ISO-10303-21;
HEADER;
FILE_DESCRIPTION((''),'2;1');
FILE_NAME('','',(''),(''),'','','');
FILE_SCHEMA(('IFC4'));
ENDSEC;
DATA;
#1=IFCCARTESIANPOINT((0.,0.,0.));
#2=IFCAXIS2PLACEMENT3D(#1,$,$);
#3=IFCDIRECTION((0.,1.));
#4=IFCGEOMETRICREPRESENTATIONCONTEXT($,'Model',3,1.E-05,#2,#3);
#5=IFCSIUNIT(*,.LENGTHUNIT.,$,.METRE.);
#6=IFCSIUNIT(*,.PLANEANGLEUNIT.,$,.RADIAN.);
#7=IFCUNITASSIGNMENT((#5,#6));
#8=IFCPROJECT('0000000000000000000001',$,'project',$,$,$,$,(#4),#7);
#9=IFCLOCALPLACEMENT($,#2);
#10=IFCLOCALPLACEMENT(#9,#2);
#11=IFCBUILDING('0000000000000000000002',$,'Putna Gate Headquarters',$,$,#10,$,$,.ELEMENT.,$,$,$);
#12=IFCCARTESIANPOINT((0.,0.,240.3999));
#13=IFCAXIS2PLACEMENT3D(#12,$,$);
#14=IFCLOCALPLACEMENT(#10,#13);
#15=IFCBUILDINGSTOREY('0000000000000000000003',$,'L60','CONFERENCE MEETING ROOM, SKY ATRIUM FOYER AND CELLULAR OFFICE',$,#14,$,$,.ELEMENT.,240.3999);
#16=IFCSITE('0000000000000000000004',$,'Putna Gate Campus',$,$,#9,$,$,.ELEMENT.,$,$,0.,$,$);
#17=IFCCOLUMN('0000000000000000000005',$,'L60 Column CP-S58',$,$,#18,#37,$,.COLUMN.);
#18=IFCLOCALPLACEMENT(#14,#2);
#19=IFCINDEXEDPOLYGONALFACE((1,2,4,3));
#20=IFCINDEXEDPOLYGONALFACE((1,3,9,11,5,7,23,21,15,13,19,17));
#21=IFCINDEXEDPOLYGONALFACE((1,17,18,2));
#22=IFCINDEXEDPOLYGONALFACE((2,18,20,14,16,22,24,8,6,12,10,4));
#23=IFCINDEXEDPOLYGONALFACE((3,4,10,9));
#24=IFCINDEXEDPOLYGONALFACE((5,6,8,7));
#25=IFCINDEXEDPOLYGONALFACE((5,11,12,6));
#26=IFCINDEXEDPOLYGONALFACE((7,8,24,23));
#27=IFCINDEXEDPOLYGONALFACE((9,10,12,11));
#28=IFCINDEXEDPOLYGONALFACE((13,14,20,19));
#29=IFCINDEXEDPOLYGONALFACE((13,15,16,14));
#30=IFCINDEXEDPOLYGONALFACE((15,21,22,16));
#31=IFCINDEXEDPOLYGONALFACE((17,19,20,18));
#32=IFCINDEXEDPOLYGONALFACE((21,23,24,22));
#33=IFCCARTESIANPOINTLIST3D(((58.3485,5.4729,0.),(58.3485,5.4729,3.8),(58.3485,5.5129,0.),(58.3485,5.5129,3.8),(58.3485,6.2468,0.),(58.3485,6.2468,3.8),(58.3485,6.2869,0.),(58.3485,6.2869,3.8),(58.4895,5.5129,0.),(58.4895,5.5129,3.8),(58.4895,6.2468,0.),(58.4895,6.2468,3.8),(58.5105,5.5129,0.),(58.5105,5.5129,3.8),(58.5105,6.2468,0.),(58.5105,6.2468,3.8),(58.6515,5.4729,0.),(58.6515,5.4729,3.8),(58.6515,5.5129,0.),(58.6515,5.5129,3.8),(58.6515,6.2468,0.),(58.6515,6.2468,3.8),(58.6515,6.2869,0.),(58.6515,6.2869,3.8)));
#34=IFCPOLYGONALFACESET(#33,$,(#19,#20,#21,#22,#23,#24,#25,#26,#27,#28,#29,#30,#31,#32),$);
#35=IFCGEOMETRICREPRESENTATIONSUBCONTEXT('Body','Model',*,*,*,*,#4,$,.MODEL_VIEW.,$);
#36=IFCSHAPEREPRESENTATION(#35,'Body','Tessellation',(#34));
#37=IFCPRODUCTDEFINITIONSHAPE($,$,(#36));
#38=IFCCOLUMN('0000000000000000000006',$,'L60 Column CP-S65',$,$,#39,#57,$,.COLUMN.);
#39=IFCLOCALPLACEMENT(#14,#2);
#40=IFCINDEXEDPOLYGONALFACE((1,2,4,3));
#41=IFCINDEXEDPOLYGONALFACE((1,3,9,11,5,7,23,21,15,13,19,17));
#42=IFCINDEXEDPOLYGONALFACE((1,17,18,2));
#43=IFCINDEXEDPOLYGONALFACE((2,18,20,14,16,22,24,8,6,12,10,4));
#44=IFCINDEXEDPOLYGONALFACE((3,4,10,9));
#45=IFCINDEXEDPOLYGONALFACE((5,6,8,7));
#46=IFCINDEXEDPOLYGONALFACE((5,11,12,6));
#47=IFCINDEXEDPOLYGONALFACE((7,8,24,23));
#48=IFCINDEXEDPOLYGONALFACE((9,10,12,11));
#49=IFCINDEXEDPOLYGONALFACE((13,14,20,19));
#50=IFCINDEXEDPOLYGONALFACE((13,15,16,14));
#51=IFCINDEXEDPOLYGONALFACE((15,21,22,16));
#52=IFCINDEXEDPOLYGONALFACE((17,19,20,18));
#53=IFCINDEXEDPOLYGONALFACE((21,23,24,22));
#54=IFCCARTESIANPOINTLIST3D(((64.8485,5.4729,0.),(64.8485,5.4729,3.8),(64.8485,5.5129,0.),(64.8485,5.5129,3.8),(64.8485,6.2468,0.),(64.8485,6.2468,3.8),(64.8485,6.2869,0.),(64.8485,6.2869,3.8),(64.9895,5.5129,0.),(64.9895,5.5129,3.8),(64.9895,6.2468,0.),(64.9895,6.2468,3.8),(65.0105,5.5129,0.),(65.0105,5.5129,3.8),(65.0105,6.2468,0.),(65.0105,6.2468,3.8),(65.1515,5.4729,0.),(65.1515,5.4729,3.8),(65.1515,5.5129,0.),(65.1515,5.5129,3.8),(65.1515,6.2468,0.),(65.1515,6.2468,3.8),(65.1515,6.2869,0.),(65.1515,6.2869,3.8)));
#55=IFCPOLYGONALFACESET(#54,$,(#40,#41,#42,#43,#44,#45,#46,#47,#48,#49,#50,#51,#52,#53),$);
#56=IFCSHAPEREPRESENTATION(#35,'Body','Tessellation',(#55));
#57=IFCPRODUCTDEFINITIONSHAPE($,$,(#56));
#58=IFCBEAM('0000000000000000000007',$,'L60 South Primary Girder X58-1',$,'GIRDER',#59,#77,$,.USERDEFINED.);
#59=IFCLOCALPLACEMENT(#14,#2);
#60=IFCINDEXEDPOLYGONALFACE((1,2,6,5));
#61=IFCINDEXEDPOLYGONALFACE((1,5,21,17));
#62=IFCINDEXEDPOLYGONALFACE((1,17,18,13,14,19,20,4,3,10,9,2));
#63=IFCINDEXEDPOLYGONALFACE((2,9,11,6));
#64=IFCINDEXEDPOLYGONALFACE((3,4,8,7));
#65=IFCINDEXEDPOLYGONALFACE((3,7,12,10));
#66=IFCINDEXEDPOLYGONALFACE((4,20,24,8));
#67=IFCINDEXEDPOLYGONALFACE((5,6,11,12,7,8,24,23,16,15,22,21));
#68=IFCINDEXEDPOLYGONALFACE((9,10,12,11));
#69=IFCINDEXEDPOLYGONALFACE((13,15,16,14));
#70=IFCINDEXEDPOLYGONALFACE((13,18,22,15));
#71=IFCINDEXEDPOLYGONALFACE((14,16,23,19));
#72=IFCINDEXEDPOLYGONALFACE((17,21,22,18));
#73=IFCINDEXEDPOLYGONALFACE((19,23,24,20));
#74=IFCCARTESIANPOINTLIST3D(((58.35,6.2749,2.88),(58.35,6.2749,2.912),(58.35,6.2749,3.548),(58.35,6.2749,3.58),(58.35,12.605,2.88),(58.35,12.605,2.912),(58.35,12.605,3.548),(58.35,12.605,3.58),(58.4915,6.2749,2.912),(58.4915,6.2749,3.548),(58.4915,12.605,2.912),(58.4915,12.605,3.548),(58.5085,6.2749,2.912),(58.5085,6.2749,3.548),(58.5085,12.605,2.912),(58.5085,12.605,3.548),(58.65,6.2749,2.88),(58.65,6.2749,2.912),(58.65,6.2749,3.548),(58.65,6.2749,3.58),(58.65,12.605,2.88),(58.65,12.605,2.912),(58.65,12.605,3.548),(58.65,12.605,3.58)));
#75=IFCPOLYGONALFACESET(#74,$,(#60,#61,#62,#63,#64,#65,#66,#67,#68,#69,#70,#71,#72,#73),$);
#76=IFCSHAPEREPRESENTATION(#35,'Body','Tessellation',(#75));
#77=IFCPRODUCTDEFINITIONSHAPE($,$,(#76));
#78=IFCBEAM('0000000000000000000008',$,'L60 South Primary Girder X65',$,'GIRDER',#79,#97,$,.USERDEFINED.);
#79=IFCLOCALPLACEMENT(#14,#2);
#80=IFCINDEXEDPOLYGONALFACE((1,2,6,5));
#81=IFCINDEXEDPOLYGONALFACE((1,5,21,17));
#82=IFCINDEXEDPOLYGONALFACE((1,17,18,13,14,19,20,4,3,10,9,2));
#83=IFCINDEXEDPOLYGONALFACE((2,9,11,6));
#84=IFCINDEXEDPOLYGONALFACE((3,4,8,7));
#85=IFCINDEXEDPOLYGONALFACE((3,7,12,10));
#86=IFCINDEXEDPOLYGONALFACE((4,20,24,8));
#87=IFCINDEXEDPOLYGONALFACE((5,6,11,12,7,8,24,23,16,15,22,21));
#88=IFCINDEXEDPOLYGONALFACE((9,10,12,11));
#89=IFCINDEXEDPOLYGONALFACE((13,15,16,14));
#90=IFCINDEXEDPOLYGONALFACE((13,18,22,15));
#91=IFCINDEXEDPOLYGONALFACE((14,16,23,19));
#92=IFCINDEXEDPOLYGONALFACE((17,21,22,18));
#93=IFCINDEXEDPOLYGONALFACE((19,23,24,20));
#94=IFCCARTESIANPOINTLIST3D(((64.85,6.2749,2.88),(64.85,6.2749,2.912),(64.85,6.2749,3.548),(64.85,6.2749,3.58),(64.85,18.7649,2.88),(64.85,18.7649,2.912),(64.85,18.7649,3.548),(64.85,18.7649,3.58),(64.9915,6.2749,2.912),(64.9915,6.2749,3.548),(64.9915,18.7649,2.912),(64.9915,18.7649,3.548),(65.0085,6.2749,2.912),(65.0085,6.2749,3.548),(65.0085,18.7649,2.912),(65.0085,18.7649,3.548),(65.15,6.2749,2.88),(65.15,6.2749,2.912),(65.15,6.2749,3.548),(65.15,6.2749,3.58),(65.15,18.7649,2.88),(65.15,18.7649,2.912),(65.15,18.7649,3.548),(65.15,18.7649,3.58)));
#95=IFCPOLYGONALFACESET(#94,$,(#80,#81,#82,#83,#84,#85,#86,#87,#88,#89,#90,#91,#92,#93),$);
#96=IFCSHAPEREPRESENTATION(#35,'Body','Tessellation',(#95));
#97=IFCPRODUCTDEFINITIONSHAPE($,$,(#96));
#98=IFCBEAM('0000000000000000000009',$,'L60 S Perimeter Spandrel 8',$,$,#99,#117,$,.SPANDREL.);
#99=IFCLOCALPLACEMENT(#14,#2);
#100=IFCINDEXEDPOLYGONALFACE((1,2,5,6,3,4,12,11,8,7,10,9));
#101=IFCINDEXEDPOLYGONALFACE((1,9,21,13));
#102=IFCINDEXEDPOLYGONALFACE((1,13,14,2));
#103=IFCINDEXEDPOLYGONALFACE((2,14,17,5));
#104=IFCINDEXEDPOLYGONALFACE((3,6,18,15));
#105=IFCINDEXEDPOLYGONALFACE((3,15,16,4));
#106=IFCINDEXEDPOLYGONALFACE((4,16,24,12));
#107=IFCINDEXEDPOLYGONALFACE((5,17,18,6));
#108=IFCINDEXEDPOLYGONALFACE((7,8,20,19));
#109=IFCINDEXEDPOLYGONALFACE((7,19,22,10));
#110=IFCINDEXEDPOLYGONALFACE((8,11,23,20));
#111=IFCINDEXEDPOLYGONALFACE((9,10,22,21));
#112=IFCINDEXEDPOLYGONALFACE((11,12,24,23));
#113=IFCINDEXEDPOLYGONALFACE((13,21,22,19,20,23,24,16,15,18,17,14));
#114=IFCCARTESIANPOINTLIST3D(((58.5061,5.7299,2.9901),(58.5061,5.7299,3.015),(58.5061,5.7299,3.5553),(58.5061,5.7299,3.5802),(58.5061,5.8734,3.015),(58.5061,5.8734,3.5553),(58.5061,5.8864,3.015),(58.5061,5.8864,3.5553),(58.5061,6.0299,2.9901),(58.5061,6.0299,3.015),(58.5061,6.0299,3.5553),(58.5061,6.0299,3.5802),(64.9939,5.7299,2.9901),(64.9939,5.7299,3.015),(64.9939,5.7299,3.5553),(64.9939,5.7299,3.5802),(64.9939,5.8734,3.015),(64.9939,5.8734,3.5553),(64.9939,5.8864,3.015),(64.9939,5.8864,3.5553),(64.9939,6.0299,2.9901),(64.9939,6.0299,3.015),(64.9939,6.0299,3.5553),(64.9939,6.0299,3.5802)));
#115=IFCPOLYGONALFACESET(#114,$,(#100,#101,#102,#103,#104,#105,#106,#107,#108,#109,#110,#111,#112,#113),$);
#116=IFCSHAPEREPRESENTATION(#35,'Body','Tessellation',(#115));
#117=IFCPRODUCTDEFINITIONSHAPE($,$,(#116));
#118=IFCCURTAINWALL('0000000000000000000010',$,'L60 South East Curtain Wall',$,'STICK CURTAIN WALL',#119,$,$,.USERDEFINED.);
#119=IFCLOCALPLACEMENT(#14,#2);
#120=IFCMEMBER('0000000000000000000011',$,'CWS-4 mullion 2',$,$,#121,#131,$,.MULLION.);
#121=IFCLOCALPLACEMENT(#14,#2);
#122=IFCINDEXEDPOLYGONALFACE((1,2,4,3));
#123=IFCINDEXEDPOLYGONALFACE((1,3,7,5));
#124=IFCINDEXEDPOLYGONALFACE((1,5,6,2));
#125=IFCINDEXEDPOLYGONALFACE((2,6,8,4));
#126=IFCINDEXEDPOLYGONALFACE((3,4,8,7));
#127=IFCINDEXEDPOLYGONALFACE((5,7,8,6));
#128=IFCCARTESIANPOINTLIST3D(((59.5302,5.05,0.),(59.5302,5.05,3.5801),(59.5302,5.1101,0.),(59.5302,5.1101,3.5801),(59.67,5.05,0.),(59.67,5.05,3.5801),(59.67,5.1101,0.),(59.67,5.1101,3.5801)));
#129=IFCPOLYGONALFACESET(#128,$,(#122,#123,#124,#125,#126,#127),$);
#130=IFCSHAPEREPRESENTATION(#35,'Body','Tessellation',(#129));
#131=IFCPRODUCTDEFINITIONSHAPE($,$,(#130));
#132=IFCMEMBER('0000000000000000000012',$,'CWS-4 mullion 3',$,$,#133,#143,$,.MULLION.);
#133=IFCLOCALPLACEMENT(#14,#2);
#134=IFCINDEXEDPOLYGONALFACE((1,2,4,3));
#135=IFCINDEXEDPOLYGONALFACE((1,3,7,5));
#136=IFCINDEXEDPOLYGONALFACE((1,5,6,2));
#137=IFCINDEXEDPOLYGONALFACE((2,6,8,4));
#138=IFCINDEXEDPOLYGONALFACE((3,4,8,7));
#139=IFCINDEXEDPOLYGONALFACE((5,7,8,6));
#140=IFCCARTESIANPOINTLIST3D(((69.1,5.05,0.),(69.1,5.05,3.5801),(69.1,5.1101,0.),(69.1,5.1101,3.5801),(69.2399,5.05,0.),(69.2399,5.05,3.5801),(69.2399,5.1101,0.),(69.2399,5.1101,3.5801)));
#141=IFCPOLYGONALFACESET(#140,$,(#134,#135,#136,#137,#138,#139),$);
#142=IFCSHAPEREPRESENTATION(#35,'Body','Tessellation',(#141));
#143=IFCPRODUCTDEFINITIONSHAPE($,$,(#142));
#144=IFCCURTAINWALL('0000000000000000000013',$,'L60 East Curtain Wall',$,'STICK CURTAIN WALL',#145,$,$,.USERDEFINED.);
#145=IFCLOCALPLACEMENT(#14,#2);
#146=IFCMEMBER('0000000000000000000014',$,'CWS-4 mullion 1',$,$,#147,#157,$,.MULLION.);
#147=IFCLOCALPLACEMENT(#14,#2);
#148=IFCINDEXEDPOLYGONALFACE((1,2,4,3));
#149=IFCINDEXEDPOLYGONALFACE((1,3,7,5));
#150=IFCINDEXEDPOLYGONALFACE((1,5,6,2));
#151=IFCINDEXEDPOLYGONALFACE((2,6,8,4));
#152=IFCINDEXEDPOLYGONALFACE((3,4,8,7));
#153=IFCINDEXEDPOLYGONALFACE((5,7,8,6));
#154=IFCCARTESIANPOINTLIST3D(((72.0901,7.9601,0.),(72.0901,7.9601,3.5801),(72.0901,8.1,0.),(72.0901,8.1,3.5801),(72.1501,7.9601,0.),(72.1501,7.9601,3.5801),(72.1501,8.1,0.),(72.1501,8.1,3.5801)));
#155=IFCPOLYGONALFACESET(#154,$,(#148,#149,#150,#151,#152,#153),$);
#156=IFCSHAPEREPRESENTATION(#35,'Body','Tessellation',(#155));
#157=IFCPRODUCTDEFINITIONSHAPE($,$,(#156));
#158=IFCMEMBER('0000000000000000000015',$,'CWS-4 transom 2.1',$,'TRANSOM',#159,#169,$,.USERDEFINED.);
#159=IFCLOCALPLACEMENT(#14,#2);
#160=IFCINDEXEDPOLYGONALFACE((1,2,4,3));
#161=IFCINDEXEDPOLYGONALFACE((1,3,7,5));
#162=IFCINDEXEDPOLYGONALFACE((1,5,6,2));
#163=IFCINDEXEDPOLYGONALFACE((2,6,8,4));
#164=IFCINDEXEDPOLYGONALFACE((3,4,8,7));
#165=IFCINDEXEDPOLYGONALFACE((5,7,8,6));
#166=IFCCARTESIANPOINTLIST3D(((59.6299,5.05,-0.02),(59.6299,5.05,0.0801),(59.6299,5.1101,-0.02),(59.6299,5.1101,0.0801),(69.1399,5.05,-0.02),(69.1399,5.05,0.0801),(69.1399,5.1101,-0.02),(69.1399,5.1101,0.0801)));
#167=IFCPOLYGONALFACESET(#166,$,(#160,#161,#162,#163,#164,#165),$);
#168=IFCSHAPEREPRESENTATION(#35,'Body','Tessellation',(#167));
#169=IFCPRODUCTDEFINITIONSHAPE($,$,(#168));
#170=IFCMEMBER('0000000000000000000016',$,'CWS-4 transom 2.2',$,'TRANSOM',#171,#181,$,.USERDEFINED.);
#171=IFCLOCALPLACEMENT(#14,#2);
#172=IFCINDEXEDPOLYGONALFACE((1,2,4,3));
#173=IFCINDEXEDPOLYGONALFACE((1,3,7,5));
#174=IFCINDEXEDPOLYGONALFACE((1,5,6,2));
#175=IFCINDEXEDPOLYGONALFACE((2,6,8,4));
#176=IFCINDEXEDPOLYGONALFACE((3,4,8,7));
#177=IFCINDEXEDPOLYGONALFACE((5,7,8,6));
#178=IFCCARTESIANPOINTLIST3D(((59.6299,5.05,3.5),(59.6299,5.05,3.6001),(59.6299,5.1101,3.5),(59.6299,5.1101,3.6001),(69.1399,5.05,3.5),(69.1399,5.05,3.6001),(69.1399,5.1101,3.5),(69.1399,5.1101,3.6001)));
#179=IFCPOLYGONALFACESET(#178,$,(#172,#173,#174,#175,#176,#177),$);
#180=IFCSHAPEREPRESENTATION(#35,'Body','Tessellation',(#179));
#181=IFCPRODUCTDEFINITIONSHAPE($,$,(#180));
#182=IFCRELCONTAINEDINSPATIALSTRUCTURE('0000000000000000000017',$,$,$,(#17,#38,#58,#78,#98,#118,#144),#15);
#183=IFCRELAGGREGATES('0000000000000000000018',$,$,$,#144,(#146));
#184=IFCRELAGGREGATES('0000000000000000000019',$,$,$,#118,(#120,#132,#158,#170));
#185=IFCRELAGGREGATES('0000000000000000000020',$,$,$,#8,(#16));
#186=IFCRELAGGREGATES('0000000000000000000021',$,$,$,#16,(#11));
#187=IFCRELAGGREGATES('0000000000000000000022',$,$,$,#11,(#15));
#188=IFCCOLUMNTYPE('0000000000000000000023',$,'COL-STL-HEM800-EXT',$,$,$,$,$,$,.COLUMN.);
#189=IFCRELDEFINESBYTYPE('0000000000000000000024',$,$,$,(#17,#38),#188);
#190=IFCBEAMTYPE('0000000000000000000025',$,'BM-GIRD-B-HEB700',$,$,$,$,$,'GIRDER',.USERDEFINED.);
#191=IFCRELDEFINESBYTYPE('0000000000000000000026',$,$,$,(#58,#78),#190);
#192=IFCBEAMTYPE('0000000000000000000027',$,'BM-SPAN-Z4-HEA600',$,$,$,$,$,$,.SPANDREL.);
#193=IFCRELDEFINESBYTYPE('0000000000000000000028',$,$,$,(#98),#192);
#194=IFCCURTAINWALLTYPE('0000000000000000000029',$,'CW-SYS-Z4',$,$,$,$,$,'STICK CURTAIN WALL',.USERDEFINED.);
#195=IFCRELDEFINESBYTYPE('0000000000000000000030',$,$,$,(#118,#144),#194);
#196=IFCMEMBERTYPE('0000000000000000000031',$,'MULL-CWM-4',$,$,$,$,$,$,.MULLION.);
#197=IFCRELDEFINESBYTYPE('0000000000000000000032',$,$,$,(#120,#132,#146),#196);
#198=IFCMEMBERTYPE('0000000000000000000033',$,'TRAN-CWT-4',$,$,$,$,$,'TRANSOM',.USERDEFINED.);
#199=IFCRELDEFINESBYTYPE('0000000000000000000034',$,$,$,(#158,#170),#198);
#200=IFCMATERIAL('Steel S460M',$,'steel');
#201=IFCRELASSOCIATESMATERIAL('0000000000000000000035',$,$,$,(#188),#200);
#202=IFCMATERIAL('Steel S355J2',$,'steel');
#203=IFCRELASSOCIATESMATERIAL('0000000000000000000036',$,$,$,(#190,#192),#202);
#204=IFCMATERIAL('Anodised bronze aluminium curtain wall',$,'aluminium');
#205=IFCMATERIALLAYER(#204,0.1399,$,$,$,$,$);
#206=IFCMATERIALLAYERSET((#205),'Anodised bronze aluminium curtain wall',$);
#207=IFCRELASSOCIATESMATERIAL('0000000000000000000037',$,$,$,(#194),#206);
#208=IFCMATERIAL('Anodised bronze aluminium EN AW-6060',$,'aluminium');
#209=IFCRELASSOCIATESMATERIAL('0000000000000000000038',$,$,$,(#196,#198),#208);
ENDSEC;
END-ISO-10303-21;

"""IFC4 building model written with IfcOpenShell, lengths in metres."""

from ifc_helpers import new_model, si_unit, direction, frame, origin, origin_2d, place, context, subcontext, project, spatial, rectangle, i_section, extrude, material, layer, layer_set, material_profile, profile_set, type_object, element, aggregate, save


model = new_model("IFC4")

# Units and contexts
model_context = context("Model", 3, precision=1e-05, world=origin(), true_north=direction((0.0, 1.0)))
body_context = subcontext(model_context, "Body", "Model", "MODEL_VIEW")
ifc_project = project(units=[si_unit("LENGTHUNIT", "METRE"), si_unit("PLANEANGLEUNIT", "RADIAN")], contexts=[model_context])

# Site, building, storey
site_placement = place(None, origin())
site = spatial("IfcSite", under=ifc_project, at=site_placement, Name="Putna Gate Campus", CompositionType="ELEMENT", RefElevation=0.0)
building_placement = place(site_placement, origin())
building = spatial("IfcBuilding", under=site, at=building_placement, Name="Putna Gate Headquarters", CompositionType="ELEMENT")
storey_placement = place(building_placement, frame((0.0, 0.0, 240.3999)))
storey = spatial("IfcBuildingStorey", under=building, at=storey_placement, Name="L60", Description="CONFERENCE MEETING ROOM, SKY ATRIUM FOYER AND CELLULAR OFFICE", CompositionType="ELEMENT", Elevation=240.3999)

# Columns
ifc_material_1 = material(Name="Steel S460M", Category="steel")
ifc_material_profile_1 = material_profile(ifc_material_1, i_section(OverallWidth=0.303, OverallDepth=0.814, WebThickness=0.021, FlangeThickness=0.04, at=origin_2d()), Name="Steel S460M")
ifc_profile_set_1 = profile_set([ifc_material_profile_1], Name="Steel S460M")
column_type = type_object("IfcColumnType", Name="COL-STL-HEM800-EXT", PredefinedType="COLUMN", material=ifc_profile_set_1)
for number, where, z_axis, x_axis, name in (
    (1, (58.5, 5.8799, 0.0), (0.0, 0.0, 1.0), (1.0, 0.0, 0.0), "L60 Column CP-S58"),
    (2, (65.0, 5.8799, 0.0), (0.0, 0.0, 1.0), (1.0, 0.0, 0.0), "L60 Column CP-S65"),
):
    element("IfcColumn", number, at=place(storey_placement, frame(where, z_axis=z_axis, x_axis=x_axis)), inside=storey, type_object=column_type, Name=name, PredefinedType="COLUMN", context=body_context, shape_type="SweptSolid", body=[
        extrude(i_section(OverallWidth=0.303, OverallDepth=0.814, WebThickness=0.021, FlangeThickness=0.04, at=origin_2d()), origin(), (0.0, 0.0, 1.0), 3.8),
    ])

# Beams
ifc_material_2 = material(Name="Steel S355J2", Category="steel")
ifc_material_profile_2 = material_profile(ifc_material_2, i_section(OverallWidth=0.3, OverallDepth=0.7, WebThickness=0.0171, FlangeThickness=0.032, at=origin_2d()), Name="Steel S355J2")
ifc_profile_set_2 = profile_set([ifc_material_profile_2], Name="Steel S355J2")
beam_type_1 = type_object("IfcBeamType", Name="BM-GIRD-B-HEB700", ElementType="GIRDER", PredefinedType="USERDEFINED", material=ifc_profile_set_2)
beam_1_placement = place(storey_placement, frame((58.5, 6.2749, 3.23), z_axis=(0.0, 1.0, 0.0), x_axis=(-1.0, 0.0, 0.0)))
element("IfcBeam", 3, at=beam_1_placement, inside=storey, type_object=beam_type_1, Name="L60 South Primary Girder X58-1", ObjectType="GIRDER", PredefinedType="USERDEFINED", context=body_context, shape_type="SweptSolid", body=[
    extrude(i_section(OverallWidth=0.3, OverallDepth=0.7, WebThickness=0.0171, FlangeThickness=0.032, at=origin_2d()), origin(), (0.0, 0.0, 1.0), 6.3301),
])
beam_2_placement = place(storey_placement, frame((65.0, 6.2749, 3.23), z_axis=(0.0, 1.0, 0.0), x_axis=(-1.0, 0.0, 0.0)))
element("IfcBeam", 4, at=beam_2_placement, inside=storey, type_object=beam_type_1, Name="L60 South Primary Girder X65", ObjectType="GIRDER", PredefinedType="USERDEFINED", context=body_context, shape_type="SweptSolid", body=[
    extrude(i_section(OverallWidth=0.3, OverallDepth=0.7, WebThickness=0.0171, FlangeThickness=0.032, at=origin_2d()), origin(), (0.0, 0.0, 1.0), 12.49),
])
ifc_material_profile_3 = material_profile(ifc_material_2, i_section(OverallWidth=0.3, OverallDepth=0.5901, WebThickness=0.0129, FlangeThickness=0.0249, at=origin_2d()), Name="Steel S355J2")
ifc_profile_set_3 = profile_set([ifc_material_profile_3], Name="Steel S355J2")
beam_type_2 = type_object("IfcBeamType", Name="BM-SPAN-Z4-HEA600", PredefinedType="SPANDREL", material=ifc_profile_set_3)
beam_3_placement = place(storey_placement, frame((58.5061, 5.8799, 3.2852), z_axis=(1.0, 0.0, 0.0), x_axis=(0.0, 1.0, 0.0)))
element("IfcBeam", 5, at=beam_3_placement, inside=storey, type_object=beam_type_2, Name="L60 S Perimeter Spandrel 8", PredefinedType="SPANDREL", context=body_context, shape_type="SweptSolid", body=[
    extrude(i_section(OverallWidth=0.3, OverallDepth=0.5901, WebThickness=0.0129, FlangeThickness=0.0249, at=origin_2d()), origin(), (0.0, 0.0, 1.0), 6.4878),
])

# Curtain wall, members
ifc_material_3 = material(Name="Anodised bronze aluminium curtain wall", Category="aluminium")
ifc_layer_1 = layer(ifc_material_3, 0.1399)
ifc_layer_set_1 = layer_set([ifc_layer_1], Name="Anodised bronze aluminium curtain wall")
curtain_wall_type = type_object("IfcCurtainWallType", Name="CW-SYS-Z4", ElementType="STICK CURTAIN WALL", PredefinedType="USERDEFINED", material=ifc_layer_set_1)
curtain_wall_1_placement = place(storey_placement, origin())
curtain_wall_1 = element("IfcCurtainWall", 6, at=curtain_wall_1_placement, inside=storey, type_object=curtain_wall_type, Name="L60 South East Curtain Wall", ObjectType="STICK CURTAIN WALL", PredefinedType="USERDEFINED")
ifc_material_4 = material(Name="Anodised bronze aluminium EN AW-6060", Category="aluminium")
ifc_material_profile_4 = material_profile(ifc_material_4, rectangle(XDim=0.0601, YDim=0.1399, at=origin_2d()), Name="Anodised bronze aluminium EN AW-6060")
ifc_profile_set_4 = profile_set([ifc_material_profile_4], Name="Anodised bronze aluminium EN AW-6060")
member_type_1 = type_object("IfcMemberType", Name="MULL-CWM-4", PredefinedType="MULLION", material=ifc_profile_set_4)
member_1_placement = place(storey_placement, frame((59.6001, 5.0801, 0.0), z_axis=(0.0, 0.0, 1.0), x_axis=(0.0, 1.0, 0.0)))
member_1 = element("IfcMember", 7, at=member_1_placement, type_object=member_type_1, Name="CWS-4 mullion 2", PredefinedType="MULLION", context=body_context, shape_type="SweptSolid", body=[
    extrude(rectangle(XDim=0.0601, YDim=0.1399, at=origin_2d()), origin(), (0.0, 0.0, 1.0), 3.5801),
])
member_2_placement = place(storey_placement, frame((69.1699, 5.0801, 0.0), z_axis=(0.0, 0.0, 1.0), x_axis=(0.0, 1.0, 0.0)))
member_2 = element("IfcMember", 8, at=member_2_placement, type_object=member_type_1, Name="CWS-4 mullion 3", PredefinedType="MULLION", context=body_context, shape_type="SweptSolid", body=[
    extrude(rectangle(XDim=0.0601, YDim=0.1399, at=origin_2d()), origin(), (0.0, 0.0, 1.0), 3.5801),
])

# Curtain wall, member
curtain_wall_2_placement = place(storey_placement, origin())
curtain_wall_2 = element("IfcCurtainWall", 9, at=curtain_wall_2_placement, inside=storey, type_object=curtain_wall_type, Name="L60 East Curtain Wall", ObjectType="STICK CURTAIN WALL", PredefinedType="USERDEFINED")
member_3_placement = place(storey_placement, frame((72.1201, 8.03, 0.0), z_axis=(0.0, 0.0, 1.0), x_axis=(-1.0, 0.0, 0.0)))
member_3 = element("IfcMember", 10, at=member_3_placement, type_object=member_type_1, Name="CWS-4 mullion 1", PredefinedType="MULLION", context=body_context, shape_type="SweptSolid", body=[
    extrude(rectangle(XDim=0.0601, YDim=0.1399, at=origin_2d()), origin(), (0.0, 0.0, 1.0), 3.5801),
])

# Members
ifc_material_profile_5 = material_profile(ifc_material_4, rectangle(XDim=0.0601, YDim=0.1001, at=origin_2d()), Name="Anodised bronze aluminium EN AW-6060")
ifc_profile_set_5 = profile_set([ifc_material_profile_5], Name="Anodised bronze aluminium EN AW-6060")
member_type_2 = type_object("IfcMemberType", Name="TRAN-CWT-4", ElementType="TRANSOM", PredefinedType="USERDEFINED", material=ifc_profile_set_5)
member_4_placement = place(storey_placement, frame((59.6299, 5.0801, 0.03), z_axis=(1.0, 0.0, 0.0), x_axis=(0.0, 1.0, 0.0)))
member_4 = element("IfcMember", 11, at=member_4_placement, type_object=member_type_2, Name="CWS-4 transom 2.1", ObjectType="TRANSOM", PredefinedType="USERDEFINED", context=body_context, shape_type="SweptSolid", body=[
    extrude(rectangle(XDim=0.0601, YDim=0.1001, at=origin_2d()), origin(), (0.0, 0.0, 1.0), 9.51),
])
member_5_placement = place(storey_placement, frame((59.6299, 5.0801, 3.55), z_axis=(1.0, 0.0, 0.0), x_axis=(0.0, 1.0, 0.0)))
member_5 = element("IfcMember", 12, at=member_5_placement, type_object=member_type_2, Name="CWS-4 transom 2.2", ObjectType="TRANSOM", PredefinedType="USERDEFINED", context=body_context, shape_type="SweptSolid", body=[
    extrude(rectangle(XDim=0.0601, YDim=0.1001, at=origin_2d()), origin(), (0.0, 0.0, 1.0), 9.51),
])
aggregate(curtain_wall_2, [member_3])

aggregate(curtain_wall_1, [member_1, member_2, member_4, member_5])

save(model, "model.ifc")
